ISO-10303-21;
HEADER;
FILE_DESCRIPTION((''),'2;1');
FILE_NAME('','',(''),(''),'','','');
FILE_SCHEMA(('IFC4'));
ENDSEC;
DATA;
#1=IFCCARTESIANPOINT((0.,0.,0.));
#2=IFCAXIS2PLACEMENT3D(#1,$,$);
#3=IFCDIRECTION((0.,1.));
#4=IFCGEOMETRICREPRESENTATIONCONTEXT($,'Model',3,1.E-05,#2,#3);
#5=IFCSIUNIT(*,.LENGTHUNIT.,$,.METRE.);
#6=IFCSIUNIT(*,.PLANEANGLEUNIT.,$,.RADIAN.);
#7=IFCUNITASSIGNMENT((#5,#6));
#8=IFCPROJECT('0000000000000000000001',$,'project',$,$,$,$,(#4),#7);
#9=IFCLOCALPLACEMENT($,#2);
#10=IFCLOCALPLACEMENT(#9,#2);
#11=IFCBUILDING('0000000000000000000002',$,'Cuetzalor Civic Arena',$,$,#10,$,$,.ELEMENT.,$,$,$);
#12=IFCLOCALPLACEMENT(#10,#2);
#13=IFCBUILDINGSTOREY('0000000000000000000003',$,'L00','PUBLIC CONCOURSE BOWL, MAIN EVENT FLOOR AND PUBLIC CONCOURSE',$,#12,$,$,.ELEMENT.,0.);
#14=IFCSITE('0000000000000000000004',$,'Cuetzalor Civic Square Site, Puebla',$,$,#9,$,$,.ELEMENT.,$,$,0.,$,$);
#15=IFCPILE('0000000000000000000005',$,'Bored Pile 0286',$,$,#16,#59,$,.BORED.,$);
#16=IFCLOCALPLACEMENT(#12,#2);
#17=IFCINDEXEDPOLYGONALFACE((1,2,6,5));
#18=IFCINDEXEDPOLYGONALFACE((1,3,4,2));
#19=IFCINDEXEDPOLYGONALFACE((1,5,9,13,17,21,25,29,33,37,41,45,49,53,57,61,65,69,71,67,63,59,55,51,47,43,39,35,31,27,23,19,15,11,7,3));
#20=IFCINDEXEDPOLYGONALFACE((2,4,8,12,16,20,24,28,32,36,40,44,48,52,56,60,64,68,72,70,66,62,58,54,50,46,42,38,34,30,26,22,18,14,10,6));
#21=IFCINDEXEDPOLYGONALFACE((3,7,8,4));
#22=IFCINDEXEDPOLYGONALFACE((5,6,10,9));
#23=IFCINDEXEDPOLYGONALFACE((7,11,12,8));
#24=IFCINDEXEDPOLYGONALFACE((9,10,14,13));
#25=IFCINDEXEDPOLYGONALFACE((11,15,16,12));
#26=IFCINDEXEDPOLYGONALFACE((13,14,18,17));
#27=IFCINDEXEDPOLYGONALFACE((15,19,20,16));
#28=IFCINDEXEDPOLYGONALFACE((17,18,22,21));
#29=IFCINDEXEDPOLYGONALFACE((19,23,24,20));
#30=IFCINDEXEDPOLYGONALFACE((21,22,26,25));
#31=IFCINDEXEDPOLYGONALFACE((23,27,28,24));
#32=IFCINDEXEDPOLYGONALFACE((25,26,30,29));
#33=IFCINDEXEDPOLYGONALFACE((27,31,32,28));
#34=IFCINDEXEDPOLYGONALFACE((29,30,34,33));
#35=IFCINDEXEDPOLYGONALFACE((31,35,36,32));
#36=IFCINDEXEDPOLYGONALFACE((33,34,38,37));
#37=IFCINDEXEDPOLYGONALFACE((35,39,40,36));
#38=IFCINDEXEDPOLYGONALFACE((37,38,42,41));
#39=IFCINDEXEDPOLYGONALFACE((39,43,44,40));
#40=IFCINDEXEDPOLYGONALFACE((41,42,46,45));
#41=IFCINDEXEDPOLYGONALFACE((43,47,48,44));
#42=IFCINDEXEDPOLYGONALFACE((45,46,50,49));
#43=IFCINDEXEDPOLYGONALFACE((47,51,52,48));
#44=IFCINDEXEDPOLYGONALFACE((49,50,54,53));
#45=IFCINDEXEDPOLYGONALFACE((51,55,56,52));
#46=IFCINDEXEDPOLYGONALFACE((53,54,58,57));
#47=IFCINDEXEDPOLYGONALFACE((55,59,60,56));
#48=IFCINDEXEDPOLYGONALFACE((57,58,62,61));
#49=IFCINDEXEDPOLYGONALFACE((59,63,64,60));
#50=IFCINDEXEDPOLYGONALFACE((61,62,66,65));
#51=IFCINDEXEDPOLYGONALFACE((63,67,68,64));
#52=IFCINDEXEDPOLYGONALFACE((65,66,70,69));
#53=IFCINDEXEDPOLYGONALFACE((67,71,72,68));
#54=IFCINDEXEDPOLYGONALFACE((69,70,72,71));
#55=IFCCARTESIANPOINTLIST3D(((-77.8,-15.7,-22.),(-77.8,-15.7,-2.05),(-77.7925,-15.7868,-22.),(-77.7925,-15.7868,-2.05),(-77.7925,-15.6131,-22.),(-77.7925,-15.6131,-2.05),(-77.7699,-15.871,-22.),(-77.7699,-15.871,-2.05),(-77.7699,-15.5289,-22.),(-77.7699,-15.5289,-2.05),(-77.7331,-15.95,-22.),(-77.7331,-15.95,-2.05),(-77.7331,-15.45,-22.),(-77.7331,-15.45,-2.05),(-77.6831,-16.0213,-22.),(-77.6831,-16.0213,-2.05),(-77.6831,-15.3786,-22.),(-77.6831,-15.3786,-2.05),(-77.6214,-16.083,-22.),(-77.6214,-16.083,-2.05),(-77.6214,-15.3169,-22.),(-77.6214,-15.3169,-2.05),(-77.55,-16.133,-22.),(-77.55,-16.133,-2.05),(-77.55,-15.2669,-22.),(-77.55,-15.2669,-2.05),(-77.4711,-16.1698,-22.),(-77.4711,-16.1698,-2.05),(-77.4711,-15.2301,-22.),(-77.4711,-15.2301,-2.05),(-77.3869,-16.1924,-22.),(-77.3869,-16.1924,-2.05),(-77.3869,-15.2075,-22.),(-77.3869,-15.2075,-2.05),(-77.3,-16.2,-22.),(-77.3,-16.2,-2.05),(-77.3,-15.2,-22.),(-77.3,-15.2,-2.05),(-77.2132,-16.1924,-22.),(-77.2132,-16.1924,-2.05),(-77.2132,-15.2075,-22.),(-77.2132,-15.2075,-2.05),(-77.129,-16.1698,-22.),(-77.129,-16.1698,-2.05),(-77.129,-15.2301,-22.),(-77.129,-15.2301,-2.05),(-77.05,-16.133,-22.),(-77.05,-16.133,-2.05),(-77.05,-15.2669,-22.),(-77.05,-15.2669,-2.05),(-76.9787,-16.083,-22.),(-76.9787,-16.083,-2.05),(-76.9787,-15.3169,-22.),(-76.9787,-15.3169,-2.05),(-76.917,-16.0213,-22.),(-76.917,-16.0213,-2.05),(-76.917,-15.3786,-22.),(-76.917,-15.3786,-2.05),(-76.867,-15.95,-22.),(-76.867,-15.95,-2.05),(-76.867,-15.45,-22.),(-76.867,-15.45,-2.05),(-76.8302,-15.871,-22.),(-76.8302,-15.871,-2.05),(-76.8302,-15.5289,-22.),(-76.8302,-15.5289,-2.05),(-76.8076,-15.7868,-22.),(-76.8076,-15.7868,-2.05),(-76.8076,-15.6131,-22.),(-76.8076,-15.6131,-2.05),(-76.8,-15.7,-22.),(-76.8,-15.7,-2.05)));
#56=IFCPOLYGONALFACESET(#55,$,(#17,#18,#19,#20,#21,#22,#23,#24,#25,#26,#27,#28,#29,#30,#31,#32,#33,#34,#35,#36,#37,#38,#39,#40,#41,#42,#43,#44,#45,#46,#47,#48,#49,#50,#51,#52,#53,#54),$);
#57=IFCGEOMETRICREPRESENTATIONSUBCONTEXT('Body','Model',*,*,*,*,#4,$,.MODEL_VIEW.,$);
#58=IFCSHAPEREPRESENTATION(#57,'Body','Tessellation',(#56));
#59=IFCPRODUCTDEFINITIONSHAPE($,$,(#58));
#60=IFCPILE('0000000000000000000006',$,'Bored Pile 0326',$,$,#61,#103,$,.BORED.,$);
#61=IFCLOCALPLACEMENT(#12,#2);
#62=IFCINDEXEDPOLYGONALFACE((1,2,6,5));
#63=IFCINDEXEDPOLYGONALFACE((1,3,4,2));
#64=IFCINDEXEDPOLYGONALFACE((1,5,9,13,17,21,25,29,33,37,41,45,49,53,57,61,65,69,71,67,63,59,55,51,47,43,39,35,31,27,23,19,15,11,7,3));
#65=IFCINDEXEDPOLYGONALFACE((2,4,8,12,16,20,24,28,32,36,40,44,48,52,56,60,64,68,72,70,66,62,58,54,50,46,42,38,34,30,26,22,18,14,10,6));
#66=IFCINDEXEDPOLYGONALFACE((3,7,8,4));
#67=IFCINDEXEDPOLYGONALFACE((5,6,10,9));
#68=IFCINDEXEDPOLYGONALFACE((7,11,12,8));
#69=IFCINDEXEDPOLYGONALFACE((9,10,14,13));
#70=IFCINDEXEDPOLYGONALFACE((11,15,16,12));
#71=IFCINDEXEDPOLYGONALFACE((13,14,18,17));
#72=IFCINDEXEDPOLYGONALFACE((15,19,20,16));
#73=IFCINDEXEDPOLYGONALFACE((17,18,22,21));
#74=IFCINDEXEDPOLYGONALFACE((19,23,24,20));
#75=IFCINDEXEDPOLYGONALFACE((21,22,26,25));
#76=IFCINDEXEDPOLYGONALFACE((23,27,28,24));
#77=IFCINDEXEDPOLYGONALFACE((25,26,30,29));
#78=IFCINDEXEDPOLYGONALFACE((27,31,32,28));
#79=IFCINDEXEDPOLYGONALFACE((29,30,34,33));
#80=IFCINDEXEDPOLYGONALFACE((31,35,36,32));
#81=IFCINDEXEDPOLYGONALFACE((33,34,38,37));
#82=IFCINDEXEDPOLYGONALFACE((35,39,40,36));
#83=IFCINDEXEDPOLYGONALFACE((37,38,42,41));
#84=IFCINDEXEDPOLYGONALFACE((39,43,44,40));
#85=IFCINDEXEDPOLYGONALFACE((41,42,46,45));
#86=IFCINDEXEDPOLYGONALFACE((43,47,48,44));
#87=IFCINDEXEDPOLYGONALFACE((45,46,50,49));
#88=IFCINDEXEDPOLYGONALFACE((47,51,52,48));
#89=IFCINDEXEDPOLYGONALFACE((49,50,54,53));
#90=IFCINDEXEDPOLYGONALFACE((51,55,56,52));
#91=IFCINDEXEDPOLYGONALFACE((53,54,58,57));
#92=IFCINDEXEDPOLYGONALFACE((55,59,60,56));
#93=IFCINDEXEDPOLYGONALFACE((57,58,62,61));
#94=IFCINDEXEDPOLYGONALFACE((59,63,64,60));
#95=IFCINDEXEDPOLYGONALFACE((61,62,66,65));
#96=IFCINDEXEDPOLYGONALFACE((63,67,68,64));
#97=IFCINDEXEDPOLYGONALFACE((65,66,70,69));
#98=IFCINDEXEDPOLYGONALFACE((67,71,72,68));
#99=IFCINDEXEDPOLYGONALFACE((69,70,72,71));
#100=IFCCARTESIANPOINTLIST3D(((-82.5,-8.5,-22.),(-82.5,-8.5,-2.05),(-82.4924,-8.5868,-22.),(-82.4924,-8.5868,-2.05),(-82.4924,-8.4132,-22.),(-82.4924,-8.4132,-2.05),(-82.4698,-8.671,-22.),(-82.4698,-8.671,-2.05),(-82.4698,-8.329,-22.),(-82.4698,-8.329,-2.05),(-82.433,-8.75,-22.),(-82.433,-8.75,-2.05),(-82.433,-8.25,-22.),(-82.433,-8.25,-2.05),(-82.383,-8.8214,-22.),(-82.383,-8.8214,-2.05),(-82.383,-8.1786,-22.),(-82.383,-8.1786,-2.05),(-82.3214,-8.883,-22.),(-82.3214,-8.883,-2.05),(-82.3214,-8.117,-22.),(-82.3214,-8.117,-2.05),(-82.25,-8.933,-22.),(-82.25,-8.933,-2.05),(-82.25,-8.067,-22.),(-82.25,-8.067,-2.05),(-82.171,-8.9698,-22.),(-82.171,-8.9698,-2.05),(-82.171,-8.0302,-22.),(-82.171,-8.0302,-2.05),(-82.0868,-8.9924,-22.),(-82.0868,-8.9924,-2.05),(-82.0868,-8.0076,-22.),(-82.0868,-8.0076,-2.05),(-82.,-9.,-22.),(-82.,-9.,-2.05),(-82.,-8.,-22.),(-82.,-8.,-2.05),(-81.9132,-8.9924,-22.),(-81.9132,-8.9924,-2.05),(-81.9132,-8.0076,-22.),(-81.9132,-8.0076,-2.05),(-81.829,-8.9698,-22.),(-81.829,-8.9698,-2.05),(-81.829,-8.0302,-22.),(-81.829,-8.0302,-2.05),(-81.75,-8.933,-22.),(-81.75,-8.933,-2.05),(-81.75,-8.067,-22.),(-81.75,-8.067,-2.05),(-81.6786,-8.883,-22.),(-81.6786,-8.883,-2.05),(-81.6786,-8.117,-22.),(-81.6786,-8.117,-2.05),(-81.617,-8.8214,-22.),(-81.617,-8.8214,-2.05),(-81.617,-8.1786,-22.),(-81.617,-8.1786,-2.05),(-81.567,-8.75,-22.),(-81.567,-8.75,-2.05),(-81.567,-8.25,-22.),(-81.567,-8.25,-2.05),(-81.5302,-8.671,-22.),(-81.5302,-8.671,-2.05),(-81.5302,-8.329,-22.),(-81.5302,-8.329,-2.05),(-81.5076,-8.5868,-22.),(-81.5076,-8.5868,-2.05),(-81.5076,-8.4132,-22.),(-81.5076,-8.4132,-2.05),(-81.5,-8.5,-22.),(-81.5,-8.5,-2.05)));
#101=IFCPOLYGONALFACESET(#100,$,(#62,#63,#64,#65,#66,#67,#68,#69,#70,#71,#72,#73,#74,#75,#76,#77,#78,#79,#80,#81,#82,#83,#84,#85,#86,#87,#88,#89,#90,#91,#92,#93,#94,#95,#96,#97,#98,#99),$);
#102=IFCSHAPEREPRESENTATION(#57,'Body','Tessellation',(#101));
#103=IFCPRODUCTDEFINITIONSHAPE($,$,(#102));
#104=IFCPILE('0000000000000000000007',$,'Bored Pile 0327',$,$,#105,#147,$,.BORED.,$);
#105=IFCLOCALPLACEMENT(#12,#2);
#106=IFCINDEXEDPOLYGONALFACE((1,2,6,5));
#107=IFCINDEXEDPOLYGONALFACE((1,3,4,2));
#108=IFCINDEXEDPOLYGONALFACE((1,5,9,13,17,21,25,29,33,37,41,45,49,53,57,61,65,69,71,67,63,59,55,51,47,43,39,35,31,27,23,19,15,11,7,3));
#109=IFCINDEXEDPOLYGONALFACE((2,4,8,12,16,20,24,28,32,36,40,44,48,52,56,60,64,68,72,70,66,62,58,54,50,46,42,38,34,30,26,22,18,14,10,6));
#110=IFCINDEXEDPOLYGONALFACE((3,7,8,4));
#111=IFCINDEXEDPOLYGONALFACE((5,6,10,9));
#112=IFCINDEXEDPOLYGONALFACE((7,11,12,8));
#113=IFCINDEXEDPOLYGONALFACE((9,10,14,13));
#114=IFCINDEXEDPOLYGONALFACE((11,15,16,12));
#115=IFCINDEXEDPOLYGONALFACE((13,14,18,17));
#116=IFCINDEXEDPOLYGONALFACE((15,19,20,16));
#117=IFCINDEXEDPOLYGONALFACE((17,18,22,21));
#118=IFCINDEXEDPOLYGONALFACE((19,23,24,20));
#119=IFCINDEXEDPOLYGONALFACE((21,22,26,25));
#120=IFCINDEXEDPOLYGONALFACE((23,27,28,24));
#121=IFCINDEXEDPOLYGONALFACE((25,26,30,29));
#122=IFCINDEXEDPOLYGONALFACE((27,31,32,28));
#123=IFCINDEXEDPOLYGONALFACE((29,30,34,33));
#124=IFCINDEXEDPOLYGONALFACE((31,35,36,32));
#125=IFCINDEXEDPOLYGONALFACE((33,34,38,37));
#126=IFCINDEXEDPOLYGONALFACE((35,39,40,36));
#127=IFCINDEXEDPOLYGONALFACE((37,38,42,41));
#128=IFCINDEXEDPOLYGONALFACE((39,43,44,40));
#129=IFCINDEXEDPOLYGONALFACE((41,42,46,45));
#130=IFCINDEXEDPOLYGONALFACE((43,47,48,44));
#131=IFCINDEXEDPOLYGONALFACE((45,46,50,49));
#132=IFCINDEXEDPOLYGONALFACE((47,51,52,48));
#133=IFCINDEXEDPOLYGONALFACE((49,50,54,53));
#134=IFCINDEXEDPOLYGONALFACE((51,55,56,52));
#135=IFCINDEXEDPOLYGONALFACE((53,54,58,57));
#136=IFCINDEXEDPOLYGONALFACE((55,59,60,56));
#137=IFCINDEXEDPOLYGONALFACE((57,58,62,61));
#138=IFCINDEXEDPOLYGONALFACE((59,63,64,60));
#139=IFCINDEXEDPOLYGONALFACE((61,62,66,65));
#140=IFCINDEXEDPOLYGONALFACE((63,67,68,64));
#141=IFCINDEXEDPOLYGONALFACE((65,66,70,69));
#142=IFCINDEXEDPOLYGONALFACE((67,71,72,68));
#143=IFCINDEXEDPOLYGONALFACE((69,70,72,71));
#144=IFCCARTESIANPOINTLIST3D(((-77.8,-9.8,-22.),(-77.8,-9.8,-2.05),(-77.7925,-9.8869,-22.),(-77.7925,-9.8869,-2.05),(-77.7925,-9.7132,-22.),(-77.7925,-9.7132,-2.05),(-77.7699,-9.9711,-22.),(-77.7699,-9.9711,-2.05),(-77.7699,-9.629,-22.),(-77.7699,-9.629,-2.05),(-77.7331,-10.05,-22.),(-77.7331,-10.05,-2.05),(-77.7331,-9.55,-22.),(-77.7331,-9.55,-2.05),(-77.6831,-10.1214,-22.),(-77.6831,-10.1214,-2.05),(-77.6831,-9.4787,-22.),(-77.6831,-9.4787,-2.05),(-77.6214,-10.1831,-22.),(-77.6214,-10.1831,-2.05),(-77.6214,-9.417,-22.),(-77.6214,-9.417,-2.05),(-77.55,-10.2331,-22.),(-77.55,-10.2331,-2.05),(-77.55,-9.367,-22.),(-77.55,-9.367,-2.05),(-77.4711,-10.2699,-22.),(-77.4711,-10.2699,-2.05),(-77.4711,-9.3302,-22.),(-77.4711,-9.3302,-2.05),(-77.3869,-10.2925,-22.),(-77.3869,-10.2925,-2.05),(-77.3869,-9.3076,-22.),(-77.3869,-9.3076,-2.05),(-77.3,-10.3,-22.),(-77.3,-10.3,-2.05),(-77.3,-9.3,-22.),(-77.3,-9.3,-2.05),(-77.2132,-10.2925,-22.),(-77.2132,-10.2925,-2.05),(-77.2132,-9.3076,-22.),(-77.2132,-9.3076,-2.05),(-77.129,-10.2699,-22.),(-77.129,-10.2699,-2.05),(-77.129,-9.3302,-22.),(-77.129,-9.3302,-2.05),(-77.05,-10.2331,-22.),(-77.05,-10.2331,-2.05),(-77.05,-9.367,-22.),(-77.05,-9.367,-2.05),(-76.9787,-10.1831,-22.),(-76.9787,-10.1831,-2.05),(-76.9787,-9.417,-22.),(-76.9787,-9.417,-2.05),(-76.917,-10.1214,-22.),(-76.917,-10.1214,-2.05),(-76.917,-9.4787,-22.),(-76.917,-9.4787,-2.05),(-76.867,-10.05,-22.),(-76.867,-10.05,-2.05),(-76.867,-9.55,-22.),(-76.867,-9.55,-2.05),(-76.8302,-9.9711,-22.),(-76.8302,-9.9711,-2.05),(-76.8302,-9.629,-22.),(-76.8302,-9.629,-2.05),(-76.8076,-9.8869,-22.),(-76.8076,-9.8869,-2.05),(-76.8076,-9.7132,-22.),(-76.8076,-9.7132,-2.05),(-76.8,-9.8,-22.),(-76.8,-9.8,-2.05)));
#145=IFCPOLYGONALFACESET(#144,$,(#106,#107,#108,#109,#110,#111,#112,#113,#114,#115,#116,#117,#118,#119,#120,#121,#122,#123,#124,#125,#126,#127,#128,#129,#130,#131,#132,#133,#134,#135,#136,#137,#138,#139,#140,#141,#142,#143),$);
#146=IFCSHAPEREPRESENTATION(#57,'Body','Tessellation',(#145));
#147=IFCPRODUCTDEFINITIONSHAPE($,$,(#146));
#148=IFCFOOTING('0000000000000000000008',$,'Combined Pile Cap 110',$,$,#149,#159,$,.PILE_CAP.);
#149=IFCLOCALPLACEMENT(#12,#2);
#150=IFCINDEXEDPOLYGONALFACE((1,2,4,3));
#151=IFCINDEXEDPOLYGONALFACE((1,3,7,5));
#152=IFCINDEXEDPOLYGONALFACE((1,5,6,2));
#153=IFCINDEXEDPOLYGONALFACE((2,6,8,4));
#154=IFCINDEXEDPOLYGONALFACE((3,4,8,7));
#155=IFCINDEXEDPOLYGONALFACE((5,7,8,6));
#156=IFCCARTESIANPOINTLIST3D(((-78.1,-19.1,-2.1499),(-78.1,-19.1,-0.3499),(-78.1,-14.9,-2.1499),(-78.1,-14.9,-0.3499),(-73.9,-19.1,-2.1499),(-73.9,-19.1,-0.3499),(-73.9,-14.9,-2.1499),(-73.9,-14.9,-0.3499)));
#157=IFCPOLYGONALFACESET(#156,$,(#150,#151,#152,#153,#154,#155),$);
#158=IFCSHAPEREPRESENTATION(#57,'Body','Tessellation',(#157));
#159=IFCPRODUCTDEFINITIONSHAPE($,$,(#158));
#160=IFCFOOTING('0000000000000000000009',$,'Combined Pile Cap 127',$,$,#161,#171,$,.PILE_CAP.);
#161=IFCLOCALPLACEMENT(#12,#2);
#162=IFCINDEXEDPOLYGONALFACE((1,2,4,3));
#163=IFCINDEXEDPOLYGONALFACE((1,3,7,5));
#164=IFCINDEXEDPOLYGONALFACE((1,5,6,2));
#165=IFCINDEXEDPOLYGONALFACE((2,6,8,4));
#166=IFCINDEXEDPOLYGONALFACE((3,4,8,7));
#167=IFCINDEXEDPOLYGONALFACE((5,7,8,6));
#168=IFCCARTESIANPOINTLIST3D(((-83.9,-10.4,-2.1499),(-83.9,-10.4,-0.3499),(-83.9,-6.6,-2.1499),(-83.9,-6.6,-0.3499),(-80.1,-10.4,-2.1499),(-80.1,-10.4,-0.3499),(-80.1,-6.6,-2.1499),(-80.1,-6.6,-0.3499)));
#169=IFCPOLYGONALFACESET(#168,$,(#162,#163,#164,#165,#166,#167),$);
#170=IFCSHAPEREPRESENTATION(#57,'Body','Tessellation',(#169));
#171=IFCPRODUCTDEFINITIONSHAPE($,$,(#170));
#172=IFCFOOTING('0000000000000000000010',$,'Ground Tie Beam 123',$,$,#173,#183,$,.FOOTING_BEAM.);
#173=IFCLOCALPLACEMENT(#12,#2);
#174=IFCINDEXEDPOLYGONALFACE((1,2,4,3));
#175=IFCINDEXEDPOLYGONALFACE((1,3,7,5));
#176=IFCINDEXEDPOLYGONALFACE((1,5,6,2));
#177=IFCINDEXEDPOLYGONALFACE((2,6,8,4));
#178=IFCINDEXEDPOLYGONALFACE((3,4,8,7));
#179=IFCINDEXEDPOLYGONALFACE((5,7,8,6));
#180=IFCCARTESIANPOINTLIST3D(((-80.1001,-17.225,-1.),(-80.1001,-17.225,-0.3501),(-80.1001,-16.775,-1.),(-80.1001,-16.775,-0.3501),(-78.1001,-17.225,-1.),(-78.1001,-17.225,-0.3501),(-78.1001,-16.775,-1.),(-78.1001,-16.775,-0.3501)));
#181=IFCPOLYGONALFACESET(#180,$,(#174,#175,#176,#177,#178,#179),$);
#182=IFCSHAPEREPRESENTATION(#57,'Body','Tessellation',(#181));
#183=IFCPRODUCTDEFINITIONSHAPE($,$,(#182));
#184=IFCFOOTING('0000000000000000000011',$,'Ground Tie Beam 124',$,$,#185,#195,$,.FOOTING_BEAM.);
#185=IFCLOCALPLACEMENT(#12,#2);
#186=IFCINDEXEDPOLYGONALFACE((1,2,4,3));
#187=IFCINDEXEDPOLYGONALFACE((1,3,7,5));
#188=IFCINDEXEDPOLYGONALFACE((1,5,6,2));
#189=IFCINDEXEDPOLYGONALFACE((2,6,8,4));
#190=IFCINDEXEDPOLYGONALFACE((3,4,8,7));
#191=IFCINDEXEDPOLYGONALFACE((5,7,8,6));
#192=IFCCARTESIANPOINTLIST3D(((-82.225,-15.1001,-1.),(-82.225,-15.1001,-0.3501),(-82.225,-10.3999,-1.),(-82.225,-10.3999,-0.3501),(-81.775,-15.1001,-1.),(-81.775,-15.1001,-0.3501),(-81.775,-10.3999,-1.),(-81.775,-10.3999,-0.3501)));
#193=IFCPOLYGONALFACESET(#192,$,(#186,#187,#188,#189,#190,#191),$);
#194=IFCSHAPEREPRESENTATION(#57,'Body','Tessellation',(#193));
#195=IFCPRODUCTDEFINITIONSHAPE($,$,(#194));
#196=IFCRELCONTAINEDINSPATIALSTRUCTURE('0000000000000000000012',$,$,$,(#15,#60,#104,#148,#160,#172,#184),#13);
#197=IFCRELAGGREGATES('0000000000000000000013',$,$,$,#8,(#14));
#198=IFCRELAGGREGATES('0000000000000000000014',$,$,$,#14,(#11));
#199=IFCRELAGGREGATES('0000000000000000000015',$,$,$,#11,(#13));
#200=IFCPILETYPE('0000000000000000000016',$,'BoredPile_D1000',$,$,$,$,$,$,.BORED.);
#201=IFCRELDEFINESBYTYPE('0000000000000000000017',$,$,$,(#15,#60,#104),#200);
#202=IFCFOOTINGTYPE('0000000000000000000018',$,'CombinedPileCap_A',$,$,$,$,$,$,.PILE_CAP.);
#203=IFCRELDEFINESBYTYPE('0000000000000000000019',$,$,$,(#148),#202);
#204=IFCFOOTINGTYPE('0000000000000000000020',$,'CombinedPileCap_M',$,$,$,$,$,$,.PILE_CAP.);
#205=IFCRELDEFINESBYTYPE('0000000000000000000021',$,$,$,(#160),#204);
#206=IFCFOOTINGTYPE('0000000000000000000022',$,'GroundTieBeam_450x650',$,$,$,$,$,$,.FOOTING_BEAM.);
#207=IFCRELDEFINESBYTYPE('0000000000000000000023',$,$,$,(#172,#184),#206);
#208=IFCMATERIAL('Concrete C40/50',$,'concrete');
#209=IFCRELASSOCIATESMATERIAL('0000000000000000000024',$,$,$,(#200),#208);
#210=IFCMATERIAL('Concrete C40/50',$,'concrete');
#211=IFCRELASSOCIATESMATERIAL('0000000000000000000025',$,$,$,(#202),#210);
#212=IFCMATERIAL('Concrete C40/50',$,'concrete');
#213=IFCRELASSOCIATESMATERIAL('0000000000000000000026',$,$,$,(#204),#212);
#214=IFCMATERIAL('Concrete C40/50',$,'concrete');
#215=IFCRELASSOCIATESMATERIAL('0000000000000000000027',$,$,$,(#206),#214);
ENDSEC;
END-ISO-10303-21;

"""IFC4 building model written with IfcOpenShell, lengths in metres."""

from ifc_helpers import new_model, si_unit, direction, frame, origin, origin_2d, place, context, subcontext, project, spatial, rectangle, circle, extrude, material, material_profile, profile_set, type_object, element, save


model = new_model("IFC4")

# Units and contexts
model_context = context("Model", 3, precision=1e-05, world=origin(), true_north=direction((0.0, 1.0)))
body_context = subcontext(model_context, "Body", "Model", "MODEL_VIEW")
ifc_project = project(units=[si_unit("LENGTHUNIT", "METRE"), si_unit("PLANEANGLEUNIT", "RADIAN")], contexts=[model_context])

# Site, building, storey
site_placement = place(None, origin())
site = spatial("IfcSite", under=ifc_project, at=site_placement, Name="Cuetzalor Civic Square Site, Puebla", CompositionType="ELEMENT", RefElevation=0.0)
building_placement = place(site_placement, origin())
building = spatial("IfcBuilding", under=site, at=building_placement, Name="Cuetzalor Civic Arena", CompositionType="ELEMENT")
storey_placement = place(building_placement, origin())
storey = spatial("IfcBuildingStorey", under=building, at=storey_placement, Name="L00", Description="PUBLIC CONCOURSE BOWL, MAIN EVENT FLOOR AND PUBLIC CONCOURSE", CompositionType="ELEMENT", Elevation=0.0)

# Piles
ifc_material_1 = material(Name="Concrete C40/50", Category="concrete")
ifc_material_profile_1 = material_profile(ifc_material_1, circle(Radius=0.5, at=origin_2d()), Name="BORED PILE D1000")
ifc_profile_set_1 = profile_set([ifc_material_profile_1], Name="Concrete C40/50")
pile_type = type_object("IfcPileType", Name="BoredPile_D1000", PredefinedType="BORED", material=ifc_profile_set_1)
for number, where, z_axis, x_axis, name in (
    (1, (-77.3, -15.7, -2.05), (0.0, 0.0, -1.0), (1.0, 0.0, 0.0), "Bored Pile 0286"),
    (2, (-82.0, -8.5, -2.05), (0.0, 0.0, -1.0), (1.0, 0.0, 0.0), "Bored Pile 0326"),
    (3, (-77.3, -9.8, -2.05), (0.0, 0.0, -1.0), (1.0, 0.0, 0.0), "Bored Pile 0327"),
):
    element("IfcPile", number, at=place(storey_placement, frame(where, z_axis=z_axis, x_axis=x_axis)), inside=storey, type_object=pile_type, Name=name, PredefinedType="BORED", context=body_context, shape_type="SweptSolid", body=[
        extrude(circle(Radius=0.5, at=origin_2d()), origin(), (0.0, 0.0, 1.0), 19.95),
    ])

# Footings
ifc_material_2 = material(Name="Concrete C40/50", Category="concrete")
footing_type_1 = type_object("IfcFootingType", Name="CombinedPileCap_A", PredefinedType="PILE_CAP", material=ifc_material_2)
footing_1_placement = place(storey_placement, frame((-76.0, -17.0, -2.1499), z_axis=(0.0, 0.0, 1.0), x_axis=(1.0, 0.0, 0.0)))
element("IfcFooting", 4, at=footing_1_placement, inside=storey, type_object=footing_type_1, Name="Combined Pile Cap 110", PredefinedType="PILE_CAP", context=body_context, shape_type="SweptSolid", body=[
    extrude(rectangle(XDim=4.2, YDim=4.2, at=origin_2d()), origin(), (0.0, 0.0, 1.0), 1.8),
])
ifc_material_3 = material(Name="Concrete C40/50", Category="concrete")
footing_type_2 = type_object("IfcFootingType", Name="CombinedPileCap_M", PredefinedType="PILE_CAP", material=ifc_material_3)
footing_2_placement = place(storey_placement, frame((-82.0, -8.5, -2.1499), z_axis=(0.0, 0.0, 1.0), x_axis=(1.0, 0.0, 0.0)))
element("IfcFooting", 5, at=footing_2_placement, inside=storey, type_object=footing_type_2, Name="Combined Pile Cap 127", PredefinedType="PILE_CAP", context=body_context, shape_type="SweptSolid", body=[
    extrude(rectangle(XDim=3.8, YDim=3.8, at=origin_2d()), origin(), (0.0, 0.0, 1.0), 1.8),
])
ifc_material_4 = material(Name="Concrete C40/50", Category="concrete")
ifc_material_profile_2 = material_profile(ifc_material_4, rectangle(XDim=0.45, YDim=0.6499, at=origin_2d()), Name="RC 450x650")
ifc_profile_set_2 = profile_set([ifc_material_profile_2], Name="Concrete C40/50")
footing_type_3 = type_object("IfcFootingType", Name="GroundTieBeam_450x650", PredefinedType="FOOTING_BEAM", material=ifc_profile_set_2)
footing_3_placement = place(storey_placement, frame((-80.1001, -17.0, -0.675), z_axis=(1.0, 0.0, 0.0), x_axis=(0.0, 1.0, 0.0)))
element("IfcFooting", 6, at=footing_3_placement, inside=storey, type_object=footing_type_3, Name="Ground Tie Beam 123", PredefinedType="FOOTING_BEAM", context=body_context, shape_type="SweptSolid", body=[
    extrude(rectangle(XDim=0.45, YDim=0.6499, at=origin_2d()), origin(), (0.0, 0.0, 1.0), 2.0),
])
footing_4_placement = place(storey_placement, frame((-82.0, -15.1001, -0.675), z_axis=(0.0, 1.0, 0.0), x_axis=(-1.0, 0.0, 0.0)))
element("IfcFooting", 7, at=footing_4_placement, inside=storey, type_object=footing_type_3, Name="Ground Tie Beam 124", PredefinedType="FOOTING_BEAM", context=body_context, shape_type="SweptSolid", body=[
    extrude(rectangle(XDim=0.45, YDim=0.6499, at=origin_2d()), origin(), (0.0, 0.0, 1.0), 4.7002),
])

save(model, "model.ifc")
